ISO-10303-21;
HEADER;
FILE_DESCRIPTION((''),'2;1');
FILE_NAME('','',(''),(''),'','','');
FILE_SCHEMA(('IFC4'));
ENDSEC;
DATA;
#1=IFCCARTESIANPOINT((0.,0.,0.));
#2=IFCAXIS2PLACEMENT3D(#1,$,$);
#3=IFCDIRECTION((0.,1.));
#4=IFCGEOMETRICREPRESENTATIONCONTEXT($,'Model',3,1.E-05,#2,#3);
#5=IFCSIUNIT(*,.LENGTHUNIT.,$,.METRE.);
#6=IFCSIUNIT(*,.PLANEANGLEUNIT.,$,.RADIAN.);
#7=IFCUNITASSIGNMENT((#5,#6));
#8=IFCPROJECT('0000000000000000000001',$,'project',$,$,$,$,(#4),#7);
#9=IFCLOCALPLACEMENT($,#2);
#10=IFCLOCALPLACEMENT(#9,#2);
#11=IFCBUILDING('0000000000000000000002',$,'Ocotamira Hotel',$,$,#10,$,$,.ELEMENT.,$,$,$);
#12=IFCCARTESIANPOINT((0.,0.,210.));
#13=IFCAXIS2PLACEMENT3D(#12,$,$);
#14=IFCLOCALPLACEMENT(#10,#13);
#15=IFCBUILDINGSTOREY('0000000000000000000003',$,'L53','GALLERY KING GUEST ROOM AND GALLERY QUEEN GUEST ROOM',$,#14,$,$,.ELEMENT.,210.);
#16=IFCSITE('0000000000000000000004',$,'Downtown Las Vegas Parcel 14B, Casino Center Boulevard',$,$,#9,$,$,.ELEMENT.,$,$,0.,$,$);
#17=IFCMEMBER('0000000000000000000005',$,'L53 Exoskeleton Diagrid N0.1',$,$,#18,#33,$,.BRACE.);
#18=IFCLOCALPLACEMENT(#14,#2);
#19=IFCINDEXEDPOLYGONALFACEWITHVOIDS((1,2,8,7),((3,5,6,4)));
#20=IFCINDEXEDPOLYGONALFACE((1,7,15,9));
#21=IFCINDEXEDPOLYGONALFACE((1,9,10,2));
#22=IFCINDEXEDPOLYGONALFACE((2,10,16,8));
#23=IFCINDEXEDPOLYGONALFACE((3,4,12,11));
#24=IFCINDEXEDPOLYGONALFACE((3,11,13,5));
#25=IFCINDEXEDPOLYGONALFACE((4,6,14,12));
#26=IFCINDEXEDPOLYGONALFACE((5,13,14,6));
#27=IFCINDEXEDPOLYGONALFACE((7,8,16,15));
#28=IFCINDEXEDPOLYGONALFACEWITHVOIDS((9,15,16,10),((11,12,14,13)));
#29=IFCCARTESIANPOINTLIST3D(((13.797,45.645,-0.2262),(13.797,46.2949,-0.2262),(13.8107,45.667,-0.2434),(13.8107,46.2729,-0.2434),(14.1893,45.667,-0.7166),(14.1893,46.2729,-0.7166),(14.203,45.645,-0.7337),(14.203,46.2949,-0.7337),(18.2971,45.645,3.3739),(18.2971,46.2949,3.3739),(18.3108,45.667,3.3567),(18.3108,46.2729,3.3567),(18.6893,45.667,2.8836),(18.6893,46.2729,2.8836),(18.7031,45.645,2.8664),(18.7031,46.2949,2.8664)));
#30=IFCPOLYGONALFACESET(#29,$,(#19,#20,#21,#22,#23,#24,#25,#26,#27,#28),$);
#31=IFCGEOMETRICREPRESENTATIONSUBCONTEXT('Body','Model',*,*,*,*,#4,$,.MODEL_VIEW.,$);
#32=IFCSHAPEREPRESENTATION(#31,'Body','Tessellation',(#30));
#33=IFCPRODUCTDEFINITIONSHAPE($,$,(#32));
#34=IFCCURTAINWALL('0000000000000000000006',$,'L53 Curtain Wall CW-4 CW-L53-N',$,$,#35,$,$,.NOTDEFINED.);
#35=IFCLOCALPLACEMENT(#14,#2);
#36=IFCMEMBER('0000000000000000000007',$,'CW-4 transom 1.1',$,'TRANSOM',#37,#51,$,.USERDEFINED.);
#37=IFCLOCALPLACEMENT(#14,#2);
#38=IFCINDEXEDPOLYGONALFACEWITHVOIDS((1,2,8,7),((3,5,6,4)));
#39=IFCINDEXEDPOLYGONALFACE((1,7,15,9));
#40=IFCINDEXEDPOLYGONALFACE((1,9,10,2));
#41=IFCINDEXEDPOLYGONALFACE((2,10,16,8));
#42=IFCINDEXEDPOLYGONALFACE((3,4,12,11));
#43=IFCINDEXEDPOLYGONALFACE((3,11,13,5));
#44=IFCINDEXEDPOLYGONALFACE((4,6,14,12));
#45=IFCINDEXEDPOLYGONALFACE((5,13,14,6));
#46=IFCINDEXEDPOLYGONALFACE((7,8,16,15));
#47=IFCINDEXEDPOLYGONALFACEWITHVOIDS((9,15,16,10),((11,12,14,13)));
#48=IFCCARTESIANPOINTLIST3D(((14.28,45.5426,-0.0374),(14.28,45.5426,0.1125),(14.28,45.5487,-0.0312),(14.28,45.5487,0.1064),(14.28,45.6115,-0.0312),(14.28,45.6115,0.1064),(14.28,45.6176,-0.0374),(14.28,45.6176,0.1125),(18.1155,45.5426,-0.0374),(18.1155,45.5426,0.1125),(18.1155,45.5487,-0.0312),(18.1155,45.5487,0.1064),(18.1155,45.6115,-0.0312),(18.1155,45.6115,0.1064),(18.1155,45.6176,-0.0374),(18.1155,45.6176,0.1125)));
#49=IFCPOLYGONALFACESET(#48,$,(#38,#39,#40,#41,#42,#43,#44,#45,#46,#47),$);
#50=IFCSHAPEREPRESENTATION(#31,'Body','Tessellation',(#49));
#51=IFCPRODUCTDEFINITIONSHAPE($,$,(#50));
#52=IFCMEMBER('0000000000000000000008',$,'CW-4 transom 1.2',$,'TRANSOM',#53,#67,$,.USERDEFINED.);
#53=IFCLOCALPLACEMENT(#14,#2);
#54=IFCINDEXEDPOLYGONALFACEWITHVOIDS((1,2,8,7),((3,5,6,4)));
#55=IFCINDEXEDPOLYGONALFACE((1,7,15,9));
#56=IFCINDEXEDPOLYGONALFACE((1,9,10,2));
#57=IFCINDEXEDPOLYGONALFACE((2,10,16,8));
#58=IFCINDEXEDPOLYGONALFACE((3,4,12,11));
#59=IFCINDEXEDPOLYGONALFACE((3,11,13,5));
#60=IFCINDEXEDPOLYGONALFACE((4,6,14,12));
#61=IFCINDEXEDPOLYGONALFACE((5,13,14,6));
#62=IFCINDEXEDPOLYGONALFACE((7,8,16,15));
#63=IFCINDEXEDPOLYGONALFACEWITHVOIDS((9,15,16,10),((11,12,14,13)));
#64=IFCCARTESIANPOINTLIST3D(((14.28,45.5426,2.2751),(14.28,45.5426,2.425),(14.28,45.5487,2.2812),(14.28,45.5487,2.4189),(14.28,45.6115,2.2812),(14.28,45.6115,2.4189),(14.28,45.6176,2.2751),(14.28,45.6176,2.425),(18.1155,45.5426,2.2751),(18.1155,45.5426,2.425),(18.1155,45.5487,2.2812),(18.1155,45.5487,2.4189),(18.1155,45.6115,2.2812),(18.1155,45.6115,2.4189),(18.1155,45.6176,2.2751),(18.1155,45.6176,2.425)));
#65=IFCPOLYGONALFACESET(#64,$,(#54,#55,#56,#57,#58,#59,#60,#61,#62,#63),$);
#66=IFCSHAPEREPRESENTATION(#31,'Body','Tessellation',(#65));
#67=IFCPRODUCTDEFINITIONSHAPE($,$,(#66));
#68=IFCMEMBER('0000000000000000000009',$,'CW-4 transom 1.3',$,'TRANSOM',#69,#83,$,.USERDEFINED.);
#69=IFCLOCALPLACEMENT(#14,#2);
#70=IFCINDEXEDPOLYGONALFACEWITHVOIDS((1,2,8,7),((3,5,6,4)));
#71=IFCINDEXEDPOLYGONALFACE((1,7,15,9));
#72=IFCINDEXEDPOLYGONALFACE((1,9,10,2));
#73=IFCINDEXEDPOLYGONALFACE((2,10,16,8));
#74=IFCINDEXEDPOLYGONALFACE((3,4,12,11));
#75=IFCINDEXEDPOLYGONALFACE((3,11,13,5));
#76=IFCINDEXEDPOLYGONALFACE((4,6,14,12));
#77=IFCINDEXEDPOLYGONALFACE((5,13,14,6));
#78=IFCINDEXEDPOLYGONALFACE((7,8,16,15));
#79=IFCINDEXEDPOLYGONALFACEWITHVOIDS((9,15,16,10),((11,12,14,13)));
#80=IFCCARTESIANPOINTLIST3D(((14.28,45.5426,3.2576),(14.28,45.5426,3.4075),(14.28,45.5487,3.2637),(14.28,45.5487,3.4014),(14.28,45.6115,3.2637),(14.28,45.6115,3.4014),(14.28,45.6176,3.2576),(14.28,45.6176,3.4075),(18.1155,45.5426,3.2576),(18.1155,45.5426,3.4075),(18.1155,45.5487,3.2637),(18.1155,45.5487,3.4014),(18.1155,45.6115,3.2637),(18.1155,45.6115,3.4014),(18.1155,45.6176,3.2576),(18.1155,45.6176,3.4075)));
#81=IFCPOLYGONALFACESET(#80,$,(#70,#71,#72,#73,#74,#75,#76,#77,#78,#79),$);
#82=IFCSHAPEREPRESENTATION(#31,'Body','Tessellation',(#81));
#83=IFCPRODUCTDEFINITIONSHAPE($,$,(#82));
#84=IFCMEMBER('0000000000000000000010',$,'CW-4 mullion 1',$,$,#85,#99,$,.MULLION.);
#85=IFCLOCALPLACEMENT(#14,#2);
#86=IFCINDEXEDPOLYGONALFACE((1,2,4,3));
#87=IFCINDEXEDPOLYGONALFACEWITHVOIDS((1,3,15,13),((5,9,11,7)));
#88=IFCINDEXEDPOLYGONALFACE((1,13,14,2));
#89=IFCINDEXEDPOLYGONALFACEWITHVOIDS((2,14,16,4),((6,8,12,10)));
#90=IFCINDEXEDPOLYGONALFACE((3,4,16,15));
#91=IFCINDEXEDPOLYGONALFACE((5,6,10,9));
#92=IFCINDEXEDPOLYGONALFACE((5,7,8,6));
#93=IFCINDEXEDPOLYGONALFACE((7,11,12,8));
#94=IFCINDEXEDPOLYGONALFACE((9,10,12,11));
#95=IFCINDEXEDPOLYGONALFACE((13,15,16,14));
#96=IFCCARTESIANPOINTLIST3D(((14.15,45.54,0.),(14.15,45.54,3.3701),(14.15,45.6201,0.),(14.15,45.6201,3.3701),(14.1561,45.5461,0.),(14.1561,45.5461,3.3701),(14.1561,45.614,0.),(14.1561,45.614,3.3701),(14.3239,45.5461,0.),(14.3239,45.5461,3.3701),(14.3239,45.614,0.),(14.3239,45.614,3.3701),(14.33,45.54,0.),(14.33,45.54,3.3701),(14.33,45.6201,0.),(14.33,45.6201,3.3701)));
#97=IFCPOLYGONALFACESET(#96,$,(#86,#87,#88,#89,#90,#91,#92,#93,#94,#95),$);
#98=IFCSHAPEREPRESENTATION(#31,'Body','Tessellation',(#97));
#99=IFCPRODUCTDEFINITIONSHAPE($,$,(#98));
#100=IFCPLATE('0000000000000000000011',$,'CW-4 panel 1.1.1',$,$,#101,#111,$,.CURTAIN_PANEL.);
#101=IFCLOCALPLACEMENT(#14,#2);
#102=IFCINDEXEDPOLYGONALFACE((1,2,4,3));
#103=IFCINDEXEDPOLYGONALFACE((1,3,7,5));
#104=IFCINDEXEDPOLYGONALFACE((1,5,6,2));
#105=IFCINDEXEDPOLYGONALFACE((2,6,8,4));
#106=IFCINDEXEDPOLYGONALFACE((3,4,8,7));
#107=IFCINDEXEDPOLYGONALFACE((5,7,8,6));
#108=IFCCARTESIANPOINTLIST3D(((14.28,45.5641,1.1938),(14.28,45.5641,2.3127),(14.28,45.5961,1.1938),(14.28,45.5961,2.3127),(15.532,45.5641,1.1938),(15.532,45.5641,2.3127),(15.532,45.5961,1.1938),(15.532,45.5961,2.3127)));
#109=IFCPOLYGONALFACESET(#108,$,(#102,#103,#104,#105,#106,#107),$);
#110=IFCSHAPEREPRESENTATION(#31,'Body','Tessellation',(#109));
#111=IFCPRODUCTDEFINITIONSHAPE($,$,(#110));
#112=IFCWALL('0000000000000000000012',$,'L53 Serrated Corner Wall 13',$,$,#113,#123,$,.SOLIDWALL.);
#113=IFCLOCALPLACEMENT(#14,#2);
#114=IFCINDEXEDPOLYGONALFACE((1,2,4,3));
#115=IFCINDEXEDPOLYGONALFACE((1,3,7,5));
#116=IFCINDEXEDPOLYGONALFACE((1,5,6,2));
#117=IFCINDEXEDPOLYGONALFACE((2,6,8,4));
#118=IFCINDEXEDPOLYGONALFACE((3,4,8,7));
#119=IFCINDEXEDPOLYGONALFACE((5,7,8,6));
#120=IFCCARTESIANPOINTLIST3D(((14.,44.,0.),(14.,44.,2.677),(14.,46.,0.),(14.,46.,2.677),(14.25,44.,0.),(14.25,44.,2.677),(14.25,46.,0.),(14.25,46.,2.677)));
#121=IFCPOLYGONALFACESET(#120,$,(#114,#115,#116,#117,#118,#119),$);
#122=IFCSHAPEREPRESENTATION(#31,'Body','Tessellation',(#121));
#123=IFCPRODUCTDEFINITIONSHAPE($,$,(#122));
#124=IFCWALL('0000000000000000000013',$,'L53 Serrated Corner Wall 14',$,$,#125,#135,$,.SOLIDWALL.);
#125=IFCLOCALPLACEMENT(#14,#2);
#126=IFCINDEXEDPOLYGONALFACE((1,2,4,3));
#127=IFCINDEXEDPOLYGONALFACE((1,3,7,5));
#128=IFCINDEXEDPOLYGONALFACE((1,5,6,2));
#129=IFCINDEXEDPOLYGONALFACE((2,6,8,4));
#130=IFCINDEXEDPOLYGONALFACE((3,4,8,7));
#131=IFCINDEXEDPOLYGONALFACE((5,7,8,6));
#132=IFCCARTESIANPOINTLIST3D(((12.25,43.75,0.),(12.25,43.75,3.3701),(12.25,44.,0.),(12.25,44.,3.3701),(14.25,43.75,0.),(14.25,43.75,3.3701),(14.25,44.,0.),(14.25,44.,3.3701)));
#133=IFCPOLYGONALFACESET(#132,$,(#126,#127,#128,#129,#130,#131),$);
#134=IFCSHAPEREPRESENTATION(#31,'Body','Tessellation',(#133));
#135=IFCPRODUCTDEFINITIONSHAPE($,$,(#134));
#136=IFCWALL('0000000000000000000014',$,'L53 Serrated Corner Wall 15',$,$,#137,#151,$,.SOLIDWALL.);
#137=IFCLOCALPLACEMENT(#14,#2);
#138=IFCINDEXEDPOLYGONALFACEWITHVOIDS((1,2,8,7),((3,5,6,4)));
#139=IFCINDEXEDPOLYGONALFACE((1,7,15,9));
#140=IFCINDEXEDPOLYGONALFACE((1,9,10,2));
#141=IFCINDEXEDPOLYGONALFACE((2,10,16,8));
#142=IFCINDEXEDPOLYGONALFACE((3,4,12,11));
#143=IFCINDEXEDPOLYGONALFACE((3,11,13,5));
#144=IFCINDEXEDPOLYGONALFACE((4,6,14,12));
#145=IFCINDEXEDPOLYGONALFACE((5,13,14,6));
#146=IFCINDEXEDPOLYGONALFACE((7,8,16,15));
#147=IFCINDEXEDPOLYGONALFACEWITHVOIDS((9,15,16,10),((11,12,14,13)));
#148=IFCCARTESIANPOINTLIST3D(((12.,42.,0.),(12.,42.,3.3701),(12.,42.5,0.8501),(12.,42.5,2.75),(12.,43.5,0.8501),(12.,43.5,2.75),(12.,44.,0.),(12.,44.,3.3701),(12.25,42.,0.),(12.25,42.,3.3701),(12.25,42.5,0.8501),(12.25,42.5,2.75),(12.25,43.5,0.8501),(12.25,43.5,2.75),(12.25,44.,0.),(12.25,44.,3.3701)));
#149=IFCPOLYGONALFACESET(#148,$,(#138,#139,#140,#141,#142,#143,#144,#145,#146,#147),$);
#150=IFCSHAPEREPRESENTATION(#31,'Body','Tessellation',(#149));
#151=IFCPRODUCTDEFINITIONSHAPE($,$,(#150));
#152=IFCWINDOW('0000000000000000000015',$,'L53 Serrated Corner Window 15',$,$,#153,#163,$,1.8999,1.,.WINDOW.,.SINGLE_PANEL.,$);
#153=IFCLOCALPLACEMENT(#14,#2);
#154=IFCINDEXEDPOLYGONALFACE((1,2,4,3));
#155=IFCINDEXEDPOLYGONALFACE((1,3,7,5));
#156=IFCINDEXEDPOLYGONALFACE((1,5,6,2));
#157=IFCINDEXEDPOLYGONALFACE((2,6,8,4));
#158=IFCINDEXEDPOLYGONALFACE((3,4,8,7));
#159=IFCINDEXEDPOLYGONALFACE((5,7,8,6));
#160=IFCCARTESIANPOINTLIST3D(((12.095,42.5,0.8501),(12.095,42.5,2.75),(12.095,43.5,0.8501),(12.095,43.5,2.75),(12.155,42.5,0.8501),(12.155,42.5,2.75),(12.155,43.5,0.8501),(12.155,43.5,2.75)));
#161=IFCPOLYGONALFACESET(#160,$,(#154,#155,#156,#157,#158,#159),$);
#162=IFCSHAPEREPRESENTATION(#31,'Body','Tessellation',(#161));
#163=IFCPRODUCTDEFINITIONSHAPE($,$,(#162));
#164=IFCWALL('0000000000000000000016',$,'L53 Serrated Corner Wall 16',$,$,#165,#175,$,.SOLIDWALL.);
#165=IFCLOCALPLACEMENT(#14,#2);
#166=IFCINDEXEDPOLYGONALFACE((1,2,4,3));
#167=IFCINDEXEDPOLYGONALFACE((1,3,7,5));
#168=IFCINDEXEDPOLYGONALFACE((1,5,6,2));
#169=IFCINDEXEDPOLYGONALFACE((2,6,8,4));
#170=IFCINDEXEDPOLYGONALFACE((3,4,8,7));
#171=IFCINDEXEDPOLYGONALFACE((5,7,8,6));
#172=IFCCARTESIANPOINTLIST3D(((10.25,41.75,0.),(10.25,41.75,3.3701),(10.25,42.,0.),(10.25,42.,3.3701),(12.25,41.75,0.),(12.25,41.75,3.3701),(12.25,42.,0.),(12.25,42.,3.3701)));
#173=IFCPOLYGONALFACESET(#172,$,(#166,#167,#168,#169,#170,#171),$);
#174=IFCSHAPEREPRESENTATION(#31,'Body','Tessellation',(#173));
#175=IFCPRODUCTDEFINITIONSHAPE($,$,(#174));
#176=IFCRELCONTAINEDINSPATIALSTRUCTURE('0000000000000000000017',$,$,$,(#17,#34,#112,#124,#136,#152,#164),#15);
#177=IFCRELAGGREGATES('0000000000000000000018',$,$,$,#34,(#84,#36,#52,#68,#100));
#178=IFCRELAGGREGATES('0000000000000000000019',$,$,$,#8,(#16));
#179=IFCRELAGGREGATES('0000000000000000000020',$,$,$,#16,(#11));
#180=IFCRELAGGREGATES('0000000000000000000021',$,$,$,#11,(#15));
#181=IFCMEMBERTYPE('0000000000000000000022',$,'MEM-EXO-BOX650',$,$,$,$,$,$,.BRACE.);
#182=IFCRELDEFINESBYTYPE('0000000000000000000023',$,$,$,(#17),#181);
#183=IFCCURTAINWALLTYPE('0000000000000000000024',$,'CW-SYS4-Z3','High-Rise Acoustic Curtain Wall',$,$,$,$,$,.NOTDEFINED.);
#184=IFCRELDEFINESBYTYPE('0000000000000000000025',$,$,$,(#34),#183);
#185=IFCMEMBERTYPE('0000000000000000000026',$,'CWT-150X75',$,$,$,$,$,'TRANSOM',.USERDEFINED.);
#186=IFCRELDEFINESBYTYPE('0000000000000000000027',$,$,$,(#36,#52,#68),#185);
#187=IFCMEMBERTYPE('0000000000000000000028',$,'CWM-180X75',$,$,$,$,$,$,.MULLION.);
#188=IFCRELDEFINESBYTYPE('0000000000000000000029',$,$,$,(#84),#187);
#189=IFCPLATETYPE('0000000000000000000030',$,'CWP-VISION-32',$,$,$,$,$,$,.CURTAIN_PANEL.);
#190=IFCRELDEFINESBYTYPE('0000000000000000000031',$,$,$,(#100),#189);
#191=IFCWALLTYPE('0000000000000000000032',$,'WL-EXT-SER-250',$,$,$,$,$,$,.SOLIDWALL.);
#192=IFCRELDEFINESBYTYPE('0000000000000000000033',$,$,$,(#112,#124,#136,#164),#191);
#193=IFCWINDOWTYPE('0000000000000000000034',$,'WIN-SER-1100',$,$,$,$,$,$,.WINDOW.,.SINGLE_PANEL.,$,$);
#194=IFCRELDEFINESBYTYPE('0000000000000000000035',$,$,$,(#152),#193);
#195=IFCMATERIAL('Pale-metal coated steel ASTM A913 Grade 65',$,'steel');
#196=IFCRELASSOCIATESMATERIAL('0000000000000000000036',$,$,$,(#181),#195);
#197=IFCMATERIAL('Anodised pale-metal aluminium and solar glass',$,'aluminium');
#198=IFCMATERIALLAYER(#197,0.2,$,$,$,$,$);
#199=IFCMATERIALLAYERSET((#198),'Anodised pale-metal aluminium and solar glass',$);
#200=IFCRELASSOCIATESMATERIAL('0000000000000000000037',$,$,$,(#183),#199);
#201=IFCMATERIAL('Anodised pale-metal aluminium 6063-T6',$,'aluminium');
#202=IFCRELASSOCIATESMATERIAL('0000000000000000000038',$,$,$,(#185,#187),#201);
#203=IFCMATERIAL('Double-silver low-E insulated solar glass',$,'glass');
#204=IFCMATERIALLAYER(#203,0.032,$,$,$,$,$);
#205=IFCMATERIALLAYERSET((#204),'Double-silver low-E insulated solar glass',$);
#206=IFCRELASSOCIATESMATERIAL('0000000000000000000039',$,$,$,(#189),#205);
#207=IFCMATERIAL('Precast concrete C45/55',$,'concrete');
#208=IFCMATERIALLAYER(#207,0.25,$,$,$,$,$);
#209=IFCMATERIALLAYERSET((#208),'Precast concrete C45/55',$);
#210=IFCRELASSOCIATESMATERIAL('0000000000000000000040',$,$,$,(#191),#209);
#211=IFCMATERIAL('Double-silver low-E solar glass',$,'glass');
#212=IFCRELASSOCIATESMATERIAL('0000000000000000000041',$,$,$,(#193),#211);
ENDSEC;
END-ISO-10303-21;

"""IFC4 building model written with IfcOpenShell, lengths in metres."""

from ifc_helpers import new_model, si_unit, direction, frame, frame_2d, origin, origin_2d, place, context, subcontext, project, spatial, rectangle, hollow_rectangle, extrude, source, transform, mapped, material, layer, layer_set, material_profile, profile_set, type_object, element, fill, aggregate, save


model = new_model("IFC4")

# Units and contexts
model_context = context("Model", 3, precision=1e-05, world=origin(), true_north=direction((0.0, 1.0)))
body_context = subcontext(model_context, "Body", "Model", "MODEL_VIEW")
ifc_project = project(units=[si_unit("LENGTHUNIT", "METRE"), si_unit("PLANEANGLEUNIT", "RADIAN")], contexts=[model_context])

# Site, building, storey
site_placement = place(None, origin())
site = spatial("IfcSite", under=ifc_project, at=site_placement, Name="Downtown Las Vegas Parcel 14B, Casino Center Boulevard", CompositionType="ELEMENT", RefElevation=0.0)
building_placement = place(site_placement, origin())
building = spatial("IfcBuilding", under=site, at=building_placement, Name="Ocotamira Hotel", CompositionType="ELEMENT")
storey_placement = place(building_placement, frame((0.0, 0.0, 210.0)))
storey = spatial("IfcBuildingStorey", under=building, at=storey_placement, Name="L53", Description="GALLERY KING GUEST ROOM AND GALLERY QUEEN GUEST ROOM", CompositionType="ELEMENT", Elevation=210.0)

# Member
ifc_material_1 = material(Name="Pale-metal coated steel ASTM A913 Grade 65", Category="steel")
ifc_material_profile_1 = material_profile(ifc_material_1, hollow_rectangle(XDim=0.6499, YDim=0.6499, WallThickness=0.022, at=origin_2d()), Name="BOX650X650X22")
ifc_profile_set_1 = profile_set([ifc_material_profile_1], Name="Pale-metal coated steel ASTM A913 Grade 65")
member_type_1 = type_object("IfcMemberType", Name="MEM-EXO-BOX650", PredefinedType="BRACE", material=ifc_profile_set_1)
shared_shape_1 = source(origin(), body_context, "Body", "SweptSolid", [
    extrude(hollow_rectangle(XDim=0.6499, YDim=0.6499, WallThickness=0.022, at=origin_2d()), origin(), (0.0, 0.0, 1.0), 5.7629),
])
member_1_placement = place(storey_placement, frame((14.0, 45.97, -0.48), z_axis=(0.780861, 0.0, 0.624705), x_axis=(0.0, 1.0, 0.0)))
element("IfcMember", 1, at=member_1_placement, inside=storey, type_object=member_type_1, Name="L53 Exoskeleton Diagrid N0.1", PredefinedType="BRACE", context=body_context, shape_type="MappedRepresentation", body=[
    mapped(shared_shape_1, transform((0.0, 0.0, 0.0), scale=1.0)),
])

# Curtain wall, members, plate
ifc_material_2 = material(Name="Anodised pale-metal aluminium and solar glass", Category="aluminium")
ifc_layer_1 = layer(ifc_material_2, 0.2)
ifc_layer_set_1 = layer_set([ifc_layer_1], Name="Anodised pale-metal aluminium and solar glass")
curtain_wall_type = type_object("IfcCurtainWallType", Name="CW-SYS4-Z3", Description="High-Rise Acoustic Curtain Wall", PredefinedType="NOTDEFINED", material=ifc_layer_set_1)
curtain_wall_placement = place(storey_placement, origin())
curtain_wall = element("IfcCurtainWall", 2, at=curtain_wall_placement, inside=storey, type_object=curtain_wall_type, Name="L53 Curtain Wall CW-4 CW-L53-N", PredefinedType="NOTDEFINED")
ifc_material_3 = material(Name="Anodised pale-metal aluminium 6063-T6", Category="aluminium")
ifc_material_profile_2 = material_profile(ifc_material_3, hollow_rectangle(XDim=0.075, YDim=0.1499, WallThickness=0.0061, at=origin_2d()), Name="HSS150X75X6")
ifc_profile_set_2 = profile_set([ifc_material_profile_2], Name="Anodised pale-metal aluminium 6063-T6")
member_type_2 = type_object("IfcMemberType", Name="CWT-150X75", ElementType="TRANSOM", PredefinedType="USERDEFINED", material=ifc_profile_set_2)
shared_shape_2 = source(origin(), body_context, "Body", "SweptSolid", [
    extrude(hollow_rectangle(XDim=0.075, YDim=0.1499, WallThickness=0.0061, at=origin_2d()), origin(), (0.0, 0.0, 1.0), 3.8354),
])
member_2_placement = place(storey_placement, frame((14.28, 45.5801, 0.0376), z_axis=(1.0, 0.0, 0.0), x_axis=(0.0, 1.0, 0.0)))
member_2 = element("IfcMember", 3, at=member_2_placement, type_object=member_type_2, Name="CW-4 transom 1.1", ObjectType="TRANSOM", PredefinedType="USERDEFINED", context=body_context, shape_type="MappedRepresentation", body=[
    mapped(shared_shape_2, transform((0.0, 0.0, 0.0), scale=1.0)),
])
member_3_placement = place(storey_placement, frame((14.28, 45.5801, 2.3501), z_axis=(1.0, 0.0, 0.0), x_axis=(0.0, 1.0, 0.0)))
member_3 = element("IfcMember", 4, at=member_3_placement, type_object=member_type_2, Name="CW-4 transom 1.2", ObjectType="TRANSOM", PredefinedType="USERDEFINED", context=body_context, shape_type="MappedRepresentation", body=[
    mapped(shared_shape_2, transform((0.0, 0.0, 0.0), scale=1.0)),
])
member_4_placement = place(storey_placement, frame((14.28, 45.5801, 3.3325), z_axis=(1.0, 0.0, 0.0), x_axis=(0.0, 1.0, 0.0)))
member_4 = element("IfcMember", 5, at=member_4_placement, type_object=member_type_2, Name="CW-4 transom 1.3", ObjectType="TRANSOM", PredefinedType="USERDEFINED", context=body_context, shape_type="MappedRepresentation", body=[
    mapped(shared_shape_2, transform((0.0, 0.0, 0.0), scale=1.0)),
])
ifc_material_profile_3 = material_profile(ifc_material_3, hollow_rectangle(XDim=0.0801, YDim=0.1799, WallThickness=0.0061, at=origin_2d()), Name="HSS180X80X6")
ifc_profile_set_3 = profile_set([ifc_material_profile_3], Name="Anodised pale-metal aluminium 6063-T6")
member_type_3 = type_object("IfcMemberType", Name="CWM-180X75", PredefinedType="MULLION", material=ifc_profile_set_3)
shared_shape_3 = source(origin(), body_context, "Body", "SweptSolid", [
    extrude(hollow_rectangle(XDim=0.0801, YDim=0.1799, WallThickness=0.0061, at=origin_2d()), origin(), (0.0, 0.0, 1.0), 3.3701),
])
member_5_placement = place(storey_placement, frame((14.24, 45.5801, 0.0), z_axis=(0.0, 0.0, 1.0), x_axis=(0.0, 1.0, 0.0)))
member_5 = element("IfcMember", 6, at=member_5_placement, type_object=member_type_3, Name="CW-4 mullion 1", PredefinedType="MULLION", context=body_context, shape_type="MappedRepresentation", body=[
    mapped(shared_shape_3, transform((0.0, 0.0, 0.0), scale=1.0)),
])
ifc_material_4 = material(Name="Double-silver low-E insulated solar glass", Category="glass")
ifc_layer_2 = layer(ifc_material_4, 0.032)
ifc_layer_set_2 = layer_set([ifc_layer_2], Name="Double-silver low-E insulated solar glass")
plate_type = type_object("IfcPlateType", Name="CWP-VISION-32", PredefinedType="CURTAIN_PANEL", material=ifc_layer_set_2)
shared_shape_4 = source(origin(), body_context, "Body", "SweptSolid", [
    extrude(rectangle(XDim=1.252, YDim=0.032, at=origin_2d()), origin(), (0.0, 0.0, 1.0), 1.1189),
])
plate_placement = place(storey_placement, frame((14.906, 45.5801, 1.1938), z_axis=(0.0, 0.0, 1.0), x_axis=(1.0, 0.0, 0.0)))
plate = element("IfcPlate", 7, at=plate_placement, type_object=plate_type, Name="CW-4 panel 1.1.1", PredefinedType="CURTAIN_PANEL", context=body_context, shape_type="MappedRepresentation", body=[
    mapped(shared_shape_4, transform((0.0, 0.0, 0.0), scale=1.0)),
])
aggregate(curtain_wall, [member_5, member_2, member_3, member_4, plate])

# Walls
ifc_material_5 = material(Name="Precast concrete C45/55", Category="concrete")
ifc_layer_3 = layer(ifc_material_5, 0.25)
ifc_layer_set_3 = layer_set([ifc_layer_3], Name="Precast concrete C45/55")
wall_type_1 = type_object("IfcWallType", Name="WL-EXT-SER-250", PredefinedType="SOLIDWALL", material=ifc_layer_set_3)
wall_1_placement = place(storey_placement, frame((14.125, 46.0, 0.0), z_axis=(0.0, 0.0, 1.0), x_axis=(0.0, -1.0, 0.0)))
element("IfcWall", 8, at=wall_1_placement, inside=storey, type_object=wall_type_1, Name="L53 Serrated Corner Wall 13", PredefinedType="SOLIDWALL", context=body_context, shape_type="SweptSolid", body=[
    extrude(rectangle(XDim=2.0, YDim=0.25, at=frame_2d((1.0, 0.0))), origin(), (0.0, 0.0, 1.0), 2.677),
])
wall_2_placement = place(storey_placement, frame((14.25, 43.875, 0.0), z_axis=(0.0, 0.0, 1.0), x_axis=(-1.0, 0.0, 0.0)))
element("IfcWall", 9, at=wall_2_placement, inside=storey, type_object=wall_type_1, Name="L53 Serrated Corner Wall 14", PredefinedType="SOLIDWALL", context=body_context, shape_type="SweptSolid", body=[
    extrude(rectangle(XDim=2.0, YDim=0.25, at=frame_2d((1.0, 0.0))), origin(), (0.0, 0.0, 1.0), 3.3701),
])

# Wall, opening, window
wall_3_placement = place(storey_placement, frame((12.125, 44.0, 0.0), z_axis=(0.0, 0.0, 1.0), x_axis=(0.0, -1.0, 0.0)))
wall_3 = element("IfcWall", 10, at=wall_3_placement, inside=storey, type_object=wall_type_1, Name="L53 Serrated Corner Wall 15", PredefinedType="SOLIDWALL", context=body_context, shape_type="SweptSolid", body=[
    extrude(rectangle(XDim=2.0, YDim=0.25, at=frame_2d((1.0, 0.0))), origin(), (0.0, 0.0, 1.0), 3.3701),
])
opening_placement = place(wall_3_placement, frame((0.5, 0.0, 0.8501)))
opening = element("IfcOpeningElement", 11, at=opening_placement, cuts=wall_3, PredefinedType="OPENING", context=body_context, shape_type="SweptSolid", body=[
    extrude(rectangle(XDim=1.0, YDim=1.8999, at=frame_2d((0.5, 0.95))), frame((0.0, 0.135, 0.0), z_axis=(0.0, -1.0, 0.0), x_axis=(1.0, 0.0, 0.0)), (0.0, 0.0, 1.0), 0.27),
])
ifc_material_6 = material(Name="Double-silver low-E solar glass", Category="glass")
window_type = type_object("IfcWindowType", Name="WIN-SER-1100", PartitioningType="SINGLE_PANEL", PredefinedType="WINDOW", material=ifc_material_6)
shared_shape_5 = source(origin(), body_context, "Body", "SweptSolid", [
    extrude(rectangle(XDim=1.0, YDim=1.8999, at=frame_2d((0.5, 0.95))), frame((0.0, 0.03, 0.0), z_axis=(0.0, -1.0, 0.0), x_axis=(1.0, 0.0, 0.0)), (0.0, 0.0, 1.0), 0.0601),
])
window_placement = place(opening_placement, origin())
window = element("IfcWindow", 12, at=window_placement, inside=storey, type_object=window_type, Name="L53 Serrated Corner Window 15", OverallHeight=1.8999, OverallWidth=1.0, PartitioningType="SINGLE_PANEL", PredefinedType="WINDOW", context=body_context, shape_type="MappedRepresentation", body=[
    mapped(shared_shape_5, transform((0.0, 0.0, 0.0), scale=1.0)),
])
fill(opening, window)

# Wall
for number, where, z_axis, x_axis, name in (
    (13, (12.25, 41.875, 0.0), (0.0, 0.0, 1.0), (-1.0, 0.0, 0.0), "L53 Serrated Corner Wall 16"),
):
    element("IfcWall", number, at=place(storey_placement, frame(where, z_axis=z_axis, x_axis=x_axis)), inside=storey, type_object=wall_type_1, Name=name, PredefinedType="SOLIDWALL", context=body_context, shape_type="SweptSolid", body=[
        extrude(rectangle(XDim=2.0, YDim=0.25, at=frame_2d((1.0, 0.0))), origin(), (0.0, 0.0, 1.0), 3.3701),
    ])

save(model, "model.ifc")
